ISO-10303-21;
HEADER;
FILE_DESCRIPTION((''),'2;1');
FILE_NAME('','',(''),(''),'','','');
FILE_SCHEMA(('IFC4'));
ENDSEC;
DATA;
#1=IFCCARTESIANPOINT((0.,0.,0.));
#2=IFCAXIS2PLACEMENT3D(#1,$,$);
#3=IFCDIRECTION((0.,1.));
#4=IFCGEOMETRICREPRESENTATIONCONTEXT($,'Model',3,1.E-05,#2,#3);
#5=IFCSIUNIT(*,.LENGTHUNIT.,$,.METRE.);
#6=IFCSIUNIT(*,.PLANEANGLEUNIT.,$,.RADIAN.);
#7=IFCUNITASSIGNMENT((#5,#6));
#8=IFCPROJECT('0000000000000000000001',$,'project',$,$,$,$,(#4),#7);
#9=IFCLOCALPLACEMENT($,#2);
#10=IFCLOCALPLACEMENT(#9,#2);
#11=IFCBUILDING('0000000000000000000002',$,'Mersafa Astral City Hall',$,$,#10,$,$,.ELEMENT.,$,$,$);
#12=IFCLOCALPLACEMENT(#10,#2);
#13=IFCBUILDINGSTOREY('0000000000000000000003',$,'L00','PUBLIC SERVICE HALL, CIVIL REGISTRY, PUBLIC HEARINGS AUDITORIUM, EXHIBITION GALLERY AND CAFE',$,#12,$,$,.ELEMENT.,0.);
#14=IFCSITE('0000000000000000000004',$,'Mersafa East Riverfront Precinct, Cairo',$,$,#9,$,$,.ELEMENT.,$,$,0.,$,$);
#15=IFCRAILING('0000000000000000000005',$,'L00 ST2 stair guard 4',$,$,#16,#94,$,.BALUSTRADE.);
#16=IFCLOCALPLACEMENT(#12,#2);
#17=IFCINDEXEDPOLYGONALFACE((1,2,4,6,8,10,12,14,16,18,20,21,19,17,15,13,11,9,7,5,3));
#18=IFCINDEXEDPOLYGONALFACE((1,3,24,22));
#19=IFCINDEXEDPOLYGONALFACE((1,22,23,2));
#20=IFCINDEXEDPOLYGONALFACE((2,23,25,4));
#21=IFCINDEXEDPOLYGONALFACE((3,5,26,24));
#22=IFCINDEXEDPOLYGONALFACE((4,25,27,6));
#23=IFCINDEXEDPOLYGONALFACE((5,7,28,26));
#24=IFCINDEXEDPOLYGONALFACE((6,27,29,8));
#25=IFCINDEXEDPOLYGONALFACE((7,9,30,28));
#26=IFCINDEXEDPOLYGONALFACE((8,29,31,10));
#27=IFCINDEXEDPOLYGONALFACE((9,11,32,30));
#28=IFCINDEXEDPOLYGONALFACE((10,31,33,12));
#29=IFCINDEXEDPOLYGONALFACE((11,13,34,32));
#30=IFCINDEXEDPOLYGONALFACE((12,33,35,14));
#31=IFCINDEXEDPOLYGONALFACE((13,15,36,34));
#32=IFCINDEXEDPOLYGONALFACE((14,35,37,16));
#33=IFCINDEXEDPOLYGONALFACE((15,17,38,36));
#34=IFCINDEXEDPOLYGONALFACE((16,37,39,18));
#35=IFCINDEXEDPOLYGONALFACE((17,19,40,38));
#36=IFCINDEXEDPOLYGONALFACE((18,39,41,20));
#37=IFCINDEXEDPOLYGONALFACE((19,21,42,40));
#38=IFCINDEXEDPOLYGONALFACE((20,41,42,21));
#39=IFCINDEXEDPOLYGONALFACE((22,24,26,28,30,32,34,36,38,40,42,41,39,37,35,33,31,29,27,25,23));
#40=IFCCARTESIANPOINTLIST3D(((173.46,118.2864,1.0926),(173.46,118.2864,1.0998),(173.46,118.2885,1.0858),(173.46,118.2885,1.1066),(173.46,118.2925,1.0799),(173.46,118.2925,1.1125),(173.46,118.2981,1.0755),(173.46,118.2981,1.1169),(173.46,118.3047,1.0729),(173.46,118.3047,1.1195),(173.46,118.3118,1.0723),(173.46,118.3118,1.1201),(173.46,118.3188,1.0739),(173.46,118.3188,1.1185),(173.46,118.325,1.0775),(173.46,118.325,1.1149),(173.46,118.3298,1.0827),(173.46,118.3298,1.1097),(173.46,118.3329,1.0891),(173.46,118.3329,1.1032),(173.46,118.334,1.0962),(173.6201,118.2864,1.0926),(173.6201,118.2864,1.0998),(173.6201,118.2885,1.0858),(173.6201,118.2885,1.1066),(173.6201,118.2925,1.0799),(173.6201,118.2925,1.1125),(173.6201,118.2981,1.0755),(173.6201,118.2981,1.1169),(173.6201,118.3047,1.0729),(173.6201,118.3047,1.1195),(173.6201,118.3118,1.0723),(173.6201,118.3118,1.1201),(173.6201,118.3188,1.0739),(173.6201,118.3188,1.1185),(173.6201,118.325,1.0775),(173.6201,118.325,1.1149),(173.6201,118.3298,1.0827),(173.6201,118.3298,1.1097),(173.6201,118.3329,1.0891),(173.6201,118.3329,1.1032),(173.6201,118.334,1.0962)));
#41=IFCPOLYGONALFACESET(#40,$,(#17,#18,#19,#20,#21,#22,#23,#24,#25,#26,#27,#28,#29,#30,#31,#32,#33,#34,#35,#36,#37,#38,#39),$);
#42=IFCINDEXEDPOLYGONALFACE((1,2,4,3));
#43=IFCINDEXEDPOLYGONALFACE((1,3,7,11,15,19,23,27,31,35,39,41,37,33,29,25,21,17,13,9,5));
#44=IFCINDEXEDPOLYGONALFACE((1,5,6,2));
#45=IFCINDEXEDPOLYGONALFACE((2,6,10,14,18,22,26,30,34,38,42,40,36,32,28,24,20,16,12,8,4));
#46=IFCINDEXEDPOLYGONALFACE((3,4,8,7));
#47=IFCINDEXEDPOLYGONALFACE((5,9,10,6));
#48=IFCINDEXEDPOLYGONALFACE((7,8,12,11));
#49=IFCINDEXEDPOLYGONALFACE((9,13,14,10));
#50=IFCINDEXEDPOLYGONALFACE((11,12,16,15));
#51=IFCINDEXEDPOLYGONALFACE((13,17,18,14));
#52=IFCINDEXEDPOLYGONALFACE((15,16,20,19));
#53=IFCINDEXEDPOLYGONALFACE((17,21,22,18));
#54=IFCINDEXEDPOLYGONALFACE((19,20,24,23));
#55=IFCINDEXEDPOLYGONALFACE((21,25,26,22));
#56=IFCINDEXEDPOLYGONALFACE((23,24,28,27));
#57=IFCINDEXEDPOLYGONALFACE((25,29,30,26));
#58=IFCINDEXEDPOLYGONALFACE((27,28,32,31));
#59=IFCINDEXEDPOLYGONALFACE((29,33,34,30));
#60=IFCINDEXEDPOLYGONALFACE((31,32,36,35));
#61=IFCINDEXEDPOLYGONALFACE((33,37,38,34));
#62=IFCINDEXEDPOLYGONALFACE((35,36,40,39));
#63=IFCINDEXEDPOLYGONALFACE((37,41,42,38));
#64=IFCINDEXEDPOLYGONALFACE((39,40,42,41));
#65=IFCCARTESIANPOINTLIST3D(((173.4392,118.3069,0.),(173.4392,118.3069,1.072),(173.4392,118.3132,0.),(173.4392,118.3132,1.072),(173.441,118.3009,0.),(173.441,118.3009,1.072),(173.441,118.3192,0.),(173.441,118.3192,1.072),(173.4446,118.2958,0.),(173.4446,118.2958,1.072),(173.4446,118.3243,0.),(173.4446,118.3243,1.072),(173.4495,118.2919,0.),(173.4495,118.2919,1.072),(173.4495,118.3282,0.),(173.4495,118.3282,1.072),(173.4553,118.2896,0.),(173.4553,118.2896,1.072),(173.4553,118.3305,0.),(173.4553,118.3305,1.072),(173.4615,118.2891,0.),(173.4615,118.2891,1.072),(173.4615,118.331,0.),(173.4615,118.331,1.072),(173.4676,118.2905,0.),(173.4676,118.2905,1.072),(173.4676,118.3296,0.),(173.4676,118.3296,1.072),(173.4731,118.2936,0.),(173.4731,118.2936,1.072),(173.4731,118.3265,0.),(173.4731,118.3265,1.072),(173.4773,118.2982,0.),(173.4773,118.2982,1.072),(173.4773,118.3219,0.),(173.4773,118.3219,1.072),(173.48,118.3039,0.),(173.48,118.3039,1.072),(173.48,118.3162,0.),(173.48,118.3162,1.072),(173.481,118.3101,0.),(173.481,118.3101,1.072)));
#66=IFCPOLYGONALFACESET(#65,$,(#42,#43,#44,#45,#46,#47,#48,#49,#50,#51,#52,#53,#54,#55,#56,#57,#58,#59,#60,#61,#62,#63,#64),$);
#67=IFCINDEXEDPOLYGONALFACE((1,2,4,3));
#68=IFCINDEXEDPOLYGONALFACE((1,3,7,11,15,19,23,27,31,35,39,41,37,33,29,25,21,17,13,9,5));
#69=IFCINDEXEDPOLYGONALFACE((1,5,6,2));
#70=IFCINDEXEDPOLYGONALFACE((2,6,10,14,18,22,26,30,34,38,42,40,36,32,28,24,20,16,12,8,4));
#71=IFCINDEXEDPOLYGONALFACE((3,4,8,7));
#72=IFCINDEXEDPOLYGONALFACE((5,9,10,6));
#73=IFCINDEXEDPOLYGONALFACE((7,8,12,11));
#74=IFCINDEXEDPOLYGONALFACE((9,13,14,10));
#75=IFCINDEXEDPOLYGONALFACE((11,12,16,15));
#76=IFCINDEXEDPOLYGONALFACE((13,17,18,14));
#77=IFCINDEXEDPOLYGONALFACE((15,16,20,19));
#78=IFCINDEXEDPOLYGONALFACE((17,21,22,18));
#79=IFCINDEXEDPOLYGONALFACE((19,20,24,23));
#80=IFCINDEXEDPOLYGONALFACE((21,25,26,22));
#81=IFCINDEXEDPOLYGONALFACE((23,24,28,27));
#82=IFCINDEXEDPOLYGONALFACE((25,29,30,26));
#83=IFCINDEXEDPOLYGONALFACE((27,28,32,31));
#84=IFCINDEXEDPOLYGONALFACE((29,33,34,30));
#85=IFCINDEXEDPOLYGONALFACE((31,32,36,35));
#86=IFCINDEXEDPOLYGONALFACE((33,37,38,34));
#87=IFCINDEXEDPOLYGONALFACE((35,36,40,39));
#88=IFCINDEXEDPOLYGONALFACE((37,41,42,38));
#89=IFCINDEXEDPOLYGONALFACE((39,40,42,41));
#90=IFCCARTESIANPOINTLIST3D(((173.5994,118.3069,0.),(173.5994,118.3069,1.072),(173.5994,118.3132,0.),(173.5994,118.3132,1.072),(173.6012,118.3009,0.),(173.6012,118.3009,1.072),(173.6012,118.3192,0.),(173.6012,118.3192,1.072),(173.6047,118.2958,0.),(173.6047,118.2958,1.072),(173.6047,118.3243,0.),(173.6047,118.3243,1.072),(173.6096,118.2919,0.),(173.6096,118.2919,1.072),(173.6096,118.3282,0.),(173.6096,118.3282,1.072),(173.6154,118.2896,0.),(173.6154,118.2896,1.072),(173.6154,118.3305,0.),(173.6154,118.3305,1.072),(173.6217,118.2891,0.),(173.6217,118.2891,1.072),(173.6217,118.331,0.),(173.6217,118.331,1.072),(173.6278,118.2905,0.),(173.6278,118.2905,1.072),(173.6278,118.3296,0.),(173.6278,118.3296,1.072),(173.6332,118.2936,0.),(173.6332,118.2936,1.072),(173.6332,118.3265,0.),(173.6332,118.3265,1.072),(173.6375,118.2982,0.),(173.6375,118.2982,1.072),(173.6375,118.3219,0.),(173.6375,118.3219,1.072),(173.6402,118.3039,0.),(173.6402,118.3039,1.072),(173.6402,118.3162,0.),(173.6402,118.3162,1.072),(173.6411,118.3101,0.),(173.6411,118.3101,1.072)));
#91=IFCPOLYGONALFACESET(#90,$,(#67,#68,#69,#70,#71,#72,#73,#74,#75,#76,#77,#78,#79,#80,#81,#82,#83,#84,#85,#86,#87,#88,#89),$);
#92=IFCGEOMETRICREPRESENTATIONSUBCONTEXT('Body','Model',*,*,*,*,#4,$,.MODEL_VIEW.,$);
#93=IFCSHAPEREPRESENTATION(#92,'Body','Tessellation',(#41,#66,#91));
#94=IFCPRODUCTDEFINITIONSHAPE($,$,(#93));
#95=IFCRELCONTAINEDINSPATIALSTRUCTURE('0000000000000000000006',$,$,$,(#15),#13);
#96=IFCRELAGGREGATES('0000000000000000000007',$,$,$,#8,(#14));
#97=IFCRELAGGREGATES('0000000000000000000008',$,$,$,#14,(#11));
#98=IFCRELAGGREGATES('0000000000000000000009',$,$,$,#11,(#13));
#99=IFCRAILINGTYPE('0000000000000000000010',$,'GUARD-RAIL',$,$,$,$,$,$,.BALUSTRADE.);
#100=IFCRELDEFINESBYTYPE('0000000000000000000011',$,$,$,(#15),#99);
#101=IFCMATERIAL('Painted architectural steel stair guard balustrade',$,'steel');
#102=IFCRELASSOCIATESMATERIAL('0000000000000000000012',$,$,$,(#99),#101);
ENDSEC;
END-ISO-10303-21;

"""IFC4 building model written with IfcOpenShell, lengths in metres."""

from ifc_helpers import new_model, si_unit, direction, frame, origin, origin_2d, place, context, subcontext, project, spatial, circle, extrude, material, type_object, element, save


model = new_model("IFC4")

# Units and contexts
model_context = context("Model", 3, precision=1e-05, world=origin(), true_north=direction((0.0, 1.0)))
body_context = subcontext(model_context, "Body", "Model", "MODEL_VIEW")
ifc_project = project(units=[si_unit("LENGTHUNIT", "METRE"), si_unit("PLANEANGLEUNIT", "RADIAN")], contexts=[model_context])

# Site, building, storey
site_placement = place(None, origin())
site = spatial("IfcSite", under=ifc_project, at=site_placement, Name="Mersafa East Riverfront Precinct, Cairo", CompositionType="ELEMENT", RefElevation=0.0)
building_placement = place(site_placement, origin())
building = spatial("IfcBuilding", under=site, at=building_placement, Name="Mersafa Astral City Hall", CompositionType="ELEMENT")
storey_placement = place(building_placement, origin())
storey = spatial("IfcBuildingStorey", under=building, at=storey_placement, Name="L00", Description="PUBLIC SERVICE HALL, CIVIL REGISTRY, PUBLIC HEARINGS AUDITORIUM, EXHIBITION GALLERY AND CAFE", CompositionType="ELEMENT", Elevation=0.0)

# Railing
ifc_material_1 = material(Name="Painted architectural steel stair guard balustrade", Category="steel")
railing_type_1 = type_object("IfcRailingType", Name="GUARD-RAIL", PredefinedType="BALUSTRADE", material=ifc_material_1)
railing_1_placement = place(storey_placement, frame((173.46, 118.3101, 0.0)))
element("IfcRailing", 1, at=railing_1_placement, inside=storey, type_object=railing_type_1, Name="L00 ST2 stair guard 4", PredefinedType="BALUSTRADE", context=body_context, shape_type="SweptSolid", body=[
    extrude(circle(Radius=0.0239, at=origin_2d()), frame((0.0, 0.0, 1.0962), z_axis=(1.0, 0.0, 0.0), x_axis=(0.0, 1.0, 0.0)), (0.0, 0.0, 1.0), 0.1602),
    extrude(circle(Radius=0.021, at=origin_2d()), origin(), (0.0, 0.0, 1.0), 1.072),
    extrude(circle(Radius=0.021, at=origin_2d()), frame((0.1602, 0.0, 0.0)), (0.0, 0.0, 1.0), 1.072),
])

save(model, "model.ifc")
